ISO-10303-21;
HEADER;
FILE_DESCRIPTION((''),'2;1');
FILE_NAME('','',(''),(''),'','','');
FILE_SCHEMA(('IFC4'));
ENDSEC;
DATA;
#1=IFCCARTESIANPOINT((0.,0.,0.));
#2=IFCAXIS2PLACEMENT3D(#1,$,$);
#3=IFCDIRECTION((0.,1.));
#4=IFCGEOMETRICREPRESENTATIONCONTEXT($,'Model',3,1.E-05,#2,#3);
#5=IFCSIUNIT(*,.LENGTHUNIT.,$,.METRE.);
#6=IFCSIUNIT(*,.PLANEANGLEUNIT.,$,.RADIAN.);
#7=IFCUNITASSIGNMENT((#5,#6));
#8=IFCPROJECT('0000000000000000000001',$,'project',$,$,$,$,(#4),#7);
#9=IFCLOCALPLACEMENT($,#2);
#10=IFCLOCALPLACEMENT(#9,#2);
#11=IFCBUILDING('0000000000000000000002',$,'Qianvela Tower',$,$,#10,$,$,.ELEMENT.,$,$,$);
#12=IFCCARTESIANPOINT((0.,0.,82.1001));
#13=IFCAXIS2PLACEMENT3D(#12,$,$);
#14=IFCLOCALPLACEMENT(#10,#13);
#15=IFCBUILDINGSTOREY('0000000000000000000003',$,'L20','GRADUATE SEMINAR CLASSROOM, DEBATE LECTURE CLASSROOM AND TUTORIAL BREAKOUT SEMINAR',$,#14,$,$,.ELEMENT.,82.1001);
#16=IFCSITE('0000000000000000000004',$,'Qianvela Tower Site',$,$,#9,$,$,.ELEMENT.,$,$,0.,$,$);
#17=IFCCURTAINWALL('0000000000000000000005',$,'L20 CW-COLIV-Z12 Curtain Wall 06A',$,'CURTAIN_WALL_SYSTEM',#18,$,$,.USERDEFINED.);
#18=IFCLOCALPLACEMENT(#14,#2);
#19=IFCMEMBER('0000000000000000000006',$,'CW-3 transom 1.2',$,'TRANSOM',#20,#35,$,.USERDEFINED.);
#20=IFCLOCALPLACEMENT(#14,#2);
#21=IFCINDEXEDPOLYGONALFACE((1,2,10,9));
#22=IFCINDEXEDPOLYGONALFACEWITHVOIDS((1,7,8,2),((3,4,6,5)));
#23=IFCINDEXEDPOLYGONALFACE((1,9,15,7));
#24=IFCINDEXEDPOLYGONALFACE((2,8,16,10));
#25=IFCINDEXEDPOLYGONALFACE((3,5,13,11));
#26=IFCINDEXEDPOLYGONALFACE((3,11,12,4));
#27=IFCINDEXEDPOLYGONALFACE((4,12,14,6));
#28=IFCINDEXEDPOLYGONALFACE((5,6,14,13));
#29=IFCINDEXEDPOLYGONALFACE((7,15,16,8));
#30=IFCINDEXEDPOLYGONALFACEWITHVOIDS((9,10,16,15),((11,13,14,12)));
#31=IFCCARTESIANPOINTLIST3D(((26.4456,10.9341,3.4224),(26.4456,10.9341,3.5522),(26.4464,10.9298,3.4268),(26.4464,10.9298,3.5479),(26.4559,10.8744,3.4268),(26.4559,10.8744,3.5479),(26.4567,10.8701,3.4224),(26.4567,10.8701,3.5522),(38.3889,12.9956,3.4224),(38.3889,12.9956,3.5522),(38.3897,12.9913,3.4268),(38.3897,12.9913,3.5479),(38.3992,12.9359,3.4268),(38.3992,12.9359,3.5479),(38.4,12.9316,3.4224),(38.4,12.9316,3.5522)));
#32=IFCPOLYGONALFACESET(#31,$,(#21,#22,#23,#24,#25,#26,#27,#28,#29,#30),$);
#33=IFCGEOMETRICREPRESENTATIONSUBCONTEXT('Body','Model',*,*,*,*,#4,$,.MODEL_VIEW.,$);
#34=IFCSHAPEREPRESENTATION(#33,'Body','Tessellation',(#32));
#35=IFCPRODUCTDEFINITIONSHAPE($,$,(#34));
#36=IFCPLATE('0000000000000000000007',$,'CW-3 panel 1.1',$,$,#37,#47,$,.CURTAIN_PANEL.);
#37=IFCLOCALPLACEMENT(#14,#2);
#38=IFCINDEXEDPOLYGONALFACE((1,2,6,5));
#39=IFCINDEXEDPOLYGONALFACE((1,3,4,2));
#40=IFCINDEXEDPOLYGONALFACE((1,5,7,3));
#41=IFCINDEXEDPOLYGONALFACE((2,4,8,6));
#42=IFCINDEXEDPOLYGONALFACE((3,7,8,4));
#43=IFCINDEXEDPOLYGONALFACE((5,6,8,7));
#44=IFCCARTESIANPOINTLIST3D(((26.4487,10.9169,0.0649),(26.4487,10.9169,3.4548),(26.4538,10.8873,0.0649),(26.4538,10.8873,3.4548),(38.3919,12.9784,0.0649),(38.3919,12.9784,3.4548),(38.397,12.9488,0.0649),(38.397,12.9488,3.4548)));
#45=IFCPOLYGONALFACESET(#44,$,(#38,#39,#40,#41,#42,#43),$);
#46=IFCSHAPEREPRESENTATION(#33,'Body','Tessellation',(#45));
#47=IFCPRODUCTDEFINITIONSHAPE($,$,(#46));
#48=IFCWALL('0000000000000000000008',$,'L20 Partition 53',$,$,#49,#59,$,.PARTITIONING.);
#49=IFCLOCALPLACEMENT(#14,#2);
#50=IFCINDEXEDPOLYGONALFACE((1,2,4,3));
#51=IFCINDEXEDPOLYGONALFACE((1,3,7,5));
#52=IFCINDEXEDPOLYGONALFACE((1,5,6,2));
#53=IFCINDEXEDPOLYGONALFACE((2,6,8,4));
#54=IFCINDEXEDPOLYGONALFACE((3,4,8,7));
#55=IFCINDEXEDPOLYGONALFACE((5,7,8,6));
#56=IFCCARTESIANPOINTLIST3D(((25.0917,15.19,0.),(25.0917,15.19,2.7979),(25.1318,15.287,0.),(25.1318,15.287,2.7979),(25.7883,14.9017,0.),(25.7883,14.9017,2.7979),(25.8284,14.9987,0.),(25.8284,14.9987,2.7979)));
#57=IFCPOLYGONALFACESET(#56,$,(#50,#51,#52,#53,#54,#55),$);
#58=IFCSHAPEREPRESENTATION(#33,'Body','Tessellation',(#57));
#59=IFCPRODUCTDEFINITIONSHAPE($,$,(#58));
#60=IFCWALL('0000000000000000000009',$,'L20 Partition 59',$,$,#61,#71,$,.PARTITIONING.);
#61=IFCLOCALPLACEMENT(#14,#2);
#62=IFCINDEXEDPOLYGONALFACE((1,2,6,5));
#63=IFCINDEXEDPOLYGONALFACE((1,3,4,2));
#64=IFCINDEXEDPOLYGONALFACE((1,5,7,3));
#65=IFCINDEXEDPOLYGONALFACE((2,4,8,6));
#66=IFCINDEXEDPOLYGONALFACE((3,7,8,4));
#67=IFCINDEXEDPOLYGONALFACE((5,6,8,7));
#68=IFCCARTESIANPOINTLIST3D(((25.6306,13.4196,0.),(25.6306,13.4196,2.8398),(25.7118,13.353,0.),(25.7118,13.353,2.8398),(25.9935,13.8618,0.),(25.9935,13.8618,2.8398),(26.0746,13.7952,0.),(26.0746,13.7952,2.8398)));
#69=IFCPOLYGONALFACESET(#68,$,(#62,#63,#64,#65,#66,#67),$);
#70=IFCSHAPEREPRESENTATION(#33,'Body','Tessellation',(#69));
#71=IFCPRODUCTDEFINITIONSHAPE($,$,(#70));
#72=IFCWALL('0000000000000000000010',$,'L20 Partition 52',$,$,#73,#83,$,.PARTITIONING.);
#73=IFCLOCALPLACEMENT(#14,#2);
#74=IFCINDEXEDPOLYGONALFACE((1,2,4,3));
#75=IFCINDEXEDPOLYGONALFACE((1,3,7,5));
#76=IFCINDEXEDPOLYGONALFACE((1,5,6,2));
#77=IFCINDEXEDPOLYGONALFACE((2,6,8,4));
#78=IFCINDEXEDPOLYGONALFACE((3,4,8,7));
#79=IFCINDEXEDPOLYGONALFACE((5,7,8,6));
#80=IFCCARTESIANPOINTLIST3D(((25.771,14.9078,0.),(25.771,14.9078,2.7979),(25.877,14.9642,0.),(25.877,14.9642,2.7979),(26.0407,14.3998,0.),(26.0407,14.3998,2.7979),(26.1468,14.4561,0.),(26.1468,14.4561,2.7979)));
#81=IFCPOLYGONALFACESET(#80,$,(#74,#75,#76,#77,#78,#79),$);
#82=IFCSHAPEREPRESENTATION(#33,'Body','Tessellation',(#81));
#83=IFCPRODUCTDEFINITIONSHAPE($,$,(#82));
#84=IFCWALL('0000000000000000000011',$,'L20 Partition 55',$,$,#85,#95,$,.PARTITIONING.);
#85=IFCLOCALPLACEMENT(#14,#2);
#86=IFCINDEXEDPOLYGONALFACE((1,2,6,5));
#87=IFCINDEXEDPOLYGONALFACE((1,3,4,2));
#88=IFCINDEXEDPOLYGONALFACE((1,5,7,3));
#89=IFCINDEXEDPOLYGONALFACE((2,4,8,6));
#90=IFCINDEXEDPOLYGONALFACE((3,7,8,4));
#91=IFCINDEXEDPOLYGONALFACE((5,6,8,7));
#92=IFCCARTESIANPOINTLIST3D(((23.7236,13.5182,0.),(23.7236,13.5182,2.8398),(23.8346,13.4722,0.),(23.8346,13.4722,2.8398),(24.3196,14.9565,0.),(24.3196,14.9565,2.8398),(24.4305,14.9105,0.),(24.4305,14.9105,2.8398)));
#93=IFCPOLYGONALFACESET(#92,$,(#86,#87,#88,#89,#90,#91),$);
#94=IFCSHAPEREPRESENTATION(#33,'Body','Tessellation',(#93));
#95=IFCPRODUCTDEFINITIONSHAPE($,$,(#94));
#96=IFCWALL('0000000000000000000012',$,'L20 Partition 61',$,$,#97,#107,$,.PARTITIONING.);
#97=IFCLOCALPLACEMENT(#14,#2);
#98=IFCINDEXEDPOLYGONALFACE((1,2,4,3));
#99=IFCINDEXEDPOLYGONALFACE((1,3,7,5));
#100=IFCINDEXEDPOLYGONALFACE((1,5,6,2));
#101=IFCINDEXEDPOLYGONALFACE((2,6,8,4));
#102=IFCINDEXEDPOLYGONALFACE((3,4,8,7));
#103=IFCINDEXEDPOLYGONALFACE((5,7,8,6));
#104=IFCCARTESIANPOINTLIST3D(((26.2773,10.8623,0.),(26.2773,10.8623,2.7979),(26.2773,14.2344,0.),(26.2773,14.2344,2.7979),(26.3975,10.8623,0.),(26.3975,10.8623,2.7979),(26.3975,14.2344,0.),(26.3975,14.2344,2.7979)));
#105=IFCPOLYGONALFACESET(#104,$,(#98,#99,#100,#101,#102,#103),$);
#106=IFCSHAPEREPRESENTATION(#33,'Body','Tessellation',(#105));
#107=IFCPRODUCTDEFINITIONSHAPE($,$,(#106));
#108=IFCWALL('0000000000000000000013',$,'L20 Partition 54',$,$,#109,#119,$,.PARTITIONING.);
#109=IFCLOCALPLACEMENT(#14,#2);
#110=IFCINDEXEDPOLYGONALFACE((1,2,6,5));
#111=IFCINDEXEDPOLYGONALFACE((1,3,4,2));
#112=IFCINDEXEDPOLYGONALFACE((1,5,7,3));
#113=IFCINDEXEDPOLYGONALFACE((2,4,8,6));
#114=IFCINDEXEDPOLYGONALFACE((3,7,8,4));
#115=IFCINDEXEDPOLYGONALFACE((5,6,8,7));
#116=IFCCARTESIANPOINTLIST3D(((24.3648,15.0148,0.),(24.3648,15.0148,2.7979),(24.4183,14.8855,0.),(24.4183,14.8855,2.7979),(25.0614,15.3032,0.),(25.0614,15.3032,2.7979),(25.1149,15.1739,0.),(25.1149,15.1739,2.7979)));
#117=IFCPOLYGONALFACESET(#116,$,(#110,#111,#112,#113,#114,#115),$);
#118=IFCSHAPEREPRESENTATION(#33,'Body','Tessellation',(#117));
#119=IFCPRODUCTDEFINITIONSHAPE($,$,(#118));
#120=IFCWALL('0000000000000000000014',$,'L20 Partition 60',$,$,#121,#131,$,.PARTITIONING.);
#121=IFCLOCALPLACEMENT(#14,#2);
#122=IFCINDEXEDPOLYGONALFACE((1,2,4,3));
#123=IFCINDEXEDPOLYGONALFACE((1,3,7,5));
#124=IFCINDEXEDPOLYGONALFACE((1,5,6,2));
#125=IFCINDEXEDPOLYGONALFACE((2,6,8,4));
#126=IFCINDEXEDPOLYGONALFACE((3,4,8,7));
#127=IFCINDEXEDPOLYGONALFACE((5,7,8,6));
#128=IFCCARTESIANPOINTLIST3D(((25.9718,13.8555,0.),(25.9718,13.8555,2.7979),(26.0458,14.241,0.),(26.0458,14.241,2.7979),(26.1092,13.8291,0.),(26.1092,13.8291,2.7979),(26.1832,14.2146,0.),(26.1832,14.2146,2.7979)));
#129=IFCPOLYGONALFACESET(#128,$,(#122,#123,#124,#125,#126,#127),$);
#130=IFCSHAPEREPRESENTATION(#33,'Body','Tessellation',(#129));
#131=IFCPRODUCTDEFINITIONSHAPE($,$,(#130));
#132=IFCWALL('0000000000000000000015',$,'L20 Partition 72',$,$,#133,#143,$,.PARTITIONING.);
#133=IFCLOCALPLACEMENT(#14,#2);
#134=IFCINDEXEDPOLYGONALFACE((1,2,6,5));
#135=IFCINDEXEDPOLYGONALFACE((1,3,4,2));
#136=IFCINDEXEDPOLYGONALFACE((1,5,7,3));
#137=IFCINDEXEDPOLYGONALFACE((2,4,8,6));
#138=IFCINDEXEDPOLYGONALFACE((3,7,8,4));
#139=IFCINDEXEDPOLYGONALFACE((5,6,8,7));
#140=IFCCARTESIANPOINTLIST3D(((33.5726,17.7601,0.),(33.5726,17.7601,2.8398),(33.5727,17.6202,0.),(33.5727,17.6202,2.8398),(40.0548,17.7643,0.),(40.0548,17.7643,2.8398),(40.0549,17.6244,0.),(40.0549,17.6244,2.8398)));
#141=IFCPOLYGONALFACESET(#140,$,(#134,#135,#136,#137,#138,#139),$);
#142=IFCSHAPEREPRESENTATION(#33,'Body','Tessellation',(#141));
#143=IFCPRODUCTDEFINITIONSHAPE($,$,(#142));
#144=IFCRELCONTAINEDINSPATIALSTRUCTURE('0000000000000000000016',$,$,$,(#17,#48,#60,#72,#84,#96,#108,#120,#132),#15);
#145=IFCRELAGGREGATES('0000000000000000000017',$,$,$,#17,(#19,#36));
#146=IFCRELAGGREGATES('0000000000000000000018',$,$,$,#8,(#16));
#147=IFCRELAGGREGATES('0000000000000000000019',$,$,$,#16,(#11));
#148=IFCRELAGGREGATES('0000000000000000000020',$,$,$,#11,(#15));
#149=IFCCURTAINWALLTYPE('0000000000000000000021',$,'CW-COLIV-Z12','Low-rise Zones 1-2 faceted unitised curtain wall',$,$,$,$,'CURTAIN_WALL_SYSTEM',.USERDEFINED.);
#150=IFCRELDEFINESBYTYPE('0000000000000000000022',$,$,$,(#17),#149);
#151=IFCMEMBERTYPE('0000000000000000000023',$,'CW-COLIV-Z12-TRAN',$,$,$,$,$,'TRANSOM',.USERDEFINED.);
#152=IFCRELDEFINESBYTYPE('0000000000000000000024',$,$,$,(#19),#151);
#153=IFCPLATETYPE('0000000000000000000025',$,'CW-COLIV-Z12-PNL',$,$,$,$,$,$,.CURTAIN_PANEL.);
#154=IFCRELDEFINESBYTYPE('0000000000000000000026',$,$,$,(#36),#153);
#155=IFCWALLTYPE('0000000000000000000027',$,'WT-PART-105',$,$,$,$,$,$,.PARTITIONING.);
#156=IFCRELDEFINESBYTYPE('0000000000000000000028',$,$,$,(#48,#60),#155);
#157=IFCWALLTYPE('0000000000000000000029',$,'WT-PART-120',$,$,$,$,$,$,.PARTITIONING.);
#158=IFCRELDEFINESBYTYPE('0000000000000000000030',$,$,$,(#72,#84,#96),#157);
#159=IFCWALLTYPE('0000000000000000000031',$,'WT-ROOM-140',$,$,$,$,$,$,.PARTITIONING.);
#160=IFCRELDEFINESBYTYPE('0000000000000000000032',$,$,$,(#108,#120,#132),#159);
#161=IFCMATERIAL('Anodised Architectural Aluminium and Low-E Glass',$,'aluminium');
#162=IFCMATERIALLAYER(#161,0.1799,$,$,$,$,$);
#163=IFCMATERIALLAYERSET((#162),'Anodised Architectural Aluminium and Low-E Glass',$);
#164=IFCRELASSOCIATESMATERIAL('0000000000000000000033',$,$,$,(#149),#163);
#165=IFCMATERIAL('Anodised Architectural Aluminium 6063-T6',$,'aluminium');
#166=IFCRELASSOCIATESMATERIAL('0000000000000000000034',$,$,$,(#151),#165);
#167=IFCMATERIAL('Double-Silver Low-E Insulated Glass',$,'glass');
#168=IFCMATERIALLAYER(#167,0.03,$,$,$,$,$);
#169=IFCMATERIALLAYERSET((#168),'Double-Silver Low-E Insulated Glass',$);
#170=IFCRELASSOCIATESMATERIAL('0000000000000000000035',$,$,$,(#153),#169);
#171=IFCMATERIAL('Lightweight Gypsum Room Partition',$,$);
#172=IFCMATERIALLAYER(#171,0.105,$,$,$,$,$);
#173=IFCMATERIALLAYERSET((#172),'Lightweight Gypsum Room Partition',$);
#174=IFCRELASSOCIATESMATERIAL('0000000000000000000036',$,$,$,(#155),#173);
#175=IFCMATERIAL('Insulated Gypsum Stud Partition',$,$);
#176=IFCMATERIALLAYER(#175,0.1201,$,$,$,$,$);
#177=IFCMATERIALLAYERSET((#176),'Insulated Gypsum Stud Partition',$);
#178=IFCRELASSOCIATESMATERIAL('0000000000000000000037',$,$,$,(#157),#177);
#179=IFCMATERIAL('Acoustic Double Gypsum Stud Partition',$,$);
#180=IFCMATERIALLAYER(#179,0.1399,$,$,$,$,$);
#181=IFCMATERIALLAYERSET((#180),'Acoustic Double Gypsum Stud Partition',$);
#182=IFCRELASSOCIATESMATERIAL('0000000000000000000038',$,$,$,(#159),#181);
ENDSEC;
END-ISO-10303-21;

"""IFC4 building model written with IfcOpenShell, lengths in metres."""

from ifc_helpers import new_model, si_unit, direction, frame, frame_2d, origin, origin_2d, place, context, subcontext, project, spatial, rectangle, hollow_rectangle, extrude, material, layer, layer_set, material_profile, profile_set, type_object, element, aggregate, save


model = new_model("IFC4")

# Units and contexts
model_context = context("Model", 3, precision=1e-05, world=origin(), true_north=direction((0.0, 1.0)))
body_context = subcontext(model_context, "Body", "Model", "MODEL_VIEW")
ifc_project = project(units=[si_unit("LENGTHUNIT", "METRE"), si_unit("PLANEANGLEUNIT", "RADIAN")], contexts=[model_context])

# Site, building, storey
site_placement = place(None, origin())
site = spatial("IfcSite", under=ifc_project, at=site_placement, Name="Qianvela Tower Site", CompositionType="ELEMENT", RefElevation=0.0)
building_placement = place(site_placement, origin())
building = spatial("IfcBuilding", under=site, at=building_placement, Name="Qianvela Tower", CompositionType="ELEMENT")
storey_placement = place(building_placement, frame((0.0, 0.0, 82.1001)))
storey = spatial("IfcBuildingStorey", under=building, at=storey_placement, Name="L20", Description="GRADUATE SEMINAR CLASSROOM, DEBATE LECTURE CLASSROOM AND TUTORIAL BREAKOUT SEMINAR", CompositionType="ELEMENT", Elevation=82.1001)

# Curtain wall, member, plate
ifc_material_1 = material(Name="Anodised Architectural Aluminium and Low-E Glass", Category="aluminium")
ifc_layer_1 = layer(ifc_material_1, 0.1799)
ifc_layer_set_1 = layer_set([ifc_layer_1], Name="Anodised Architectural Aluminium and Low-E Glass")
curtain_wall_type = type_object("IfcCurtainWallType", Name="CW-COLIV-Z12", Description="Low-rise Zones 1-2 faceted unitised curtain wall", ElementType="CURTAIN_WALL_SYSTEM", PredefinedType="USERDEFINED", material=ifc_layer_set_1)
curtain_wall_placement = place(storey_placement, origin())
curtain_wall = element("IfcCurtainWall", 1, at=curtain_wall_placement, inside=storey, type_object=curtain_wall_type, Name="L20 CW-COLIV-Z12 Curtain Wall 06A", ObjectType="CURTAIN_WALL_SYSTEM", PredefinedType="USERDEFINED")
ifc_material_2 = material(Name="Anodised Architectural Aluminium 6063-T6", Category="aluminium")
ifc_material_profile_1 = material_profile(ifc_material_2, hollow_rectangle(XDim=0.0649, YDim=0.1299, WallThickness=0.0044, at=origin_2d()), Name="ALU-TRAN-65x130")
ifc_profile_set_1 = profile_set([ifc_material_profile_1], Name="Anodised Architectural Aluminium 6063-T6")
member_type_1 = type_object("IfcMemberType", Name="CW-COLIV-Z12-TRAN", ElementType="TRANSOM", PredefinedType="USERDEFINED", material=ifc_profile_set_1)
member_1_placement = place(storey_placement, frame((26.4512, 10.9021, 3.4873), z_axis=(0.985428, 0.170093, 0.0), x_axis=(-0.170093, 0.985428, 0.0)))
member_1 = element("IfcMember", 2, at=member_1_placement, type_object=member_type_1, Name="CW-3 transom 1.2", ObjectType="TRANSOM", PredefinedType="USERDEFINED", context=body_context, shape_type="SweptSolid", body=[
    extrude(hollow_rectangle(XDim=0.0649, YDim=0.1299, WallThickness=0.0044, at=origin_2d()), origin(), (0.0, 0.0, 1.0), 12.1199),
])
ifc_material_3 = material(Name="Double-Silver Low-E Insulated Glass", Category="glass")
ifc_layer_2 = layer(ifc_material_3, 0.03)
ifc_layer_set_2 = layer_set([ifc_layer_2], Name="Double-Silver Low-E Insulated Glass")
plate_type = type_object("IfcPlateType", Name="CW-COLIV-Z12-PNL", PredefinedType="CURTAIN_PANEL", material=ifc_layer_set_2)
plate_placement = place(storey_placement, frame((32.4229, 11.9329, 0.0649), z_axis=(0.0, 0.0, 1.0), x_axis=(0.985428, 0.17009, 0.0)))
plate = element("IfcPlate", 3, at=plate_placement, type_object=plate_type, Name="CW-3 panel 1.1", PredefinedType="CURTAIN_PANEL", context=body_context, shape_type="SweptSolid", body=[
    extrude(rectangle(XDim=12.1199, YDim=0.03, at=origin_2d()), origin(), (0.0, 0.0, 1.0), 3.3899),
])
aggregate(curtain_wall, [member_1, plate])

# Walls
ifc_material_4 = material(Name="Lightweight Gypsum Room Partition")
ifc_layer_3 = layer(ifc_material_4, 0.105)
ifc_layer_set_3 = layer_set([ifc_layer_3], Name="Lightweight Gypsum Room Partition")
wall_type_1 = type_object("IfcWallType", Name="WT-PART-105", PredefinedType="PARTITIONING", material=ifc_layer_set_3)
wall_1_placement = place(storey_placement, frame((25.8083, 14.9502, 0.0), z_axis=(0.0, 0.0, 1.0), x_axis=(-0.923966, 0.382476, 0.0)))
element("IfcWall", 4, at=wall_1_placement, inside=storey, type_object=wall_type_1, Name="L20 Partition 53", PredefinedType="PARTITIONING", context=body_context, shape_type="SweptSolid", body=[
    extrude(rectangle(XDim=0.7539, YDim=0.105, at=frame_2d((0.377, 0.0))), origin(), (0.0, 0.0, 1.0), 2.7979),
])
wall_2_placement = place(storey_placement, frame((25.6711, 13.3862, 0.0), z_axis=(0.0, 0.0, 1.0), x_axis=(0.63433, 0.773063, 0.0)))
element("IfcWall", 5, at=wall_2_placement, inside=storey, type_object=wall_type_1, Name="L20 Partition 59", PredefinedType="PARTITIONING", context=body_context, shape_type="SweptSolid", body=[
    extrude(rectangle(XDim=0.572, YDim=0.105, at=frame_2d((0.2861, 0.0))), origin(), (0.0, 0.0, 1.0), 2.8398),
])
ifc_material_5 = material(Name="Insulated Gypsum Stud Partition")
ifc_layer_4 = layer(ifc_material_5, 0.1201)
ifc_layer_set_4 = layer_set([ifc_layer_4], Name="Insulated Gypsum Stud Partition")
wall_type_2 = type_object("IfcWallType", Name="WT-PART-120", PredefinedType="PARTITIONING", material=ifc_layer_set_4)
wall_3_placement = place(storey_placement, frame((26.0938, 14.428, 0.0), z_axis=(0.0, 0.0, 1.0), x_axis=(-0.468979, 0.883209, 0.0)))
element("IfcWall", 6, at=wall_3_placement, inside=storey, type_object=wall_type_2, Name="L20 Partition 52", PredefinedType="PARTITIONING", context=body_context, shape_type="SweptSolid", body=[
    extrude(rectangle(XDim=0.5752, YDim=0.1201, at=frame_2d((0.2876, 0.0))), origin(), (0.0, 0.0, 1.0), 2.7979),
])
wall_4_placement = place(storey_placement, frame((24.375, 14.9333, 0.0), z_axis=(0.0, 0.0, 1.0), x_axis=(-0.3828, -0.923831, 0.0)))
element("IfcWall", 7, at=wall_4_placement, inside=storey, type_object=wall_type_2, Name="L20 Partition 55", PredefinedType="PARTITIONING", context=body_context, shape_type="SweptSolid", body=[
    extrude(rectangle(XDim=1.5569, YDim=0.1201, at=frame_2d((0.7783, 0.0))), origin(), (0.0, 0.0, 1.0), 2.8398),
])
wall_5_placement = place(storey_placement, frame((26.3374, 14.2344, 0.0), z_axis=(0.0, 0.0, 1.0), x_axis=(0.0, -1.0, 0.0)))
element("IfcWall", 8, at=wall_5_placement, inside=storey, type_object=wall_type_2, Name="L20 Partition 61", PredefinedType="PARTITIONING", context=body_context, shape_type="SweptSolid", body=[
    extrude(rectangle(XDim=3.3721, YDim=0.1201, at=frame_2d((1.686, 0.0))), origin(), (0.0, 0.0, 1.0), 2.7979),
])
ifc_material_6 = material(Name="Acoustic Double Gypsum Stud Partition")
ifc_layer_5 = layer(ifc_material_6, 0.1399)
ifc_layer_set_5 = layer_set([ifc_layer_5], Name="Acoustic Double Gypsum Stud Partition")
wall_type_3 = type_object("IfcWallType", Name="WT-ROOM-140", PredefinedType="PARTITIONING", material=ifc_layer_set_5)
wall_6_placement = place(storey_placement, frame((25.0881, 15.2385, 0.0), z_axis=(0.0, 0.0, 1.0), x_axis=(-0.923966, -0.382476, 0.0)))
element("IfcWall", 9, at=wall_6_placement, inside=storey, type_object=wall_type_3, Name="L20 Partition 54", PredefinedType="PARTITIONING", context=body_context, shape_type="SweptSolid", body=[
    extrude(rectangle(XDim=0.7539, YDim=0.1399, at=frame_2d((0.377, 0.0))), origin(), (0.0, 0.0, 1.0), 2.7979),
])
wall_7_placement = place(storey_placement, frame((26.0405, 13.8423, 0.0), z_axis=(0.0, 0.0, 1.0), x_axis=(0.188455, 0.982082, 0.0)))
element("IfcWall", 10, at=wall_7_placement, inside=storey, type_object=wall_type_3, Name="L20 Partition 60", PredefinedType="PARTITIONING", context=body_context, shape_type="SweptSolid", body=[
    extrude(rectangle(XDim=0.3926, YDim=0.1399, at=frame_2d((0.1963, 0.0))), origin(), (0.0, 0.0, 1.0), 2.7979),
])
wall_8_placement = place(storey_placement, frame((33.5725, 17.6902, 0.0), z_axis=(0.0, 0.0, 1.0), x_axis=(1.0, 0.00064, 0.0)))
element("IfcWall", 11, at=wall_8_placement, inside=storey, type_object=wall_type_3, Name="L20 Partition 72", PredefinedType="PARTITIONING", context=body_context, shape_type="SweptSolid", body=[
    extrude(rectangle(XDim=6.4822, YDim=0.1399, at=frame_2d((3.2412, 0.0))), origin(), (0.0, 0.0, 1.0), 2.8398),
])

save(model, "model.ifc")
